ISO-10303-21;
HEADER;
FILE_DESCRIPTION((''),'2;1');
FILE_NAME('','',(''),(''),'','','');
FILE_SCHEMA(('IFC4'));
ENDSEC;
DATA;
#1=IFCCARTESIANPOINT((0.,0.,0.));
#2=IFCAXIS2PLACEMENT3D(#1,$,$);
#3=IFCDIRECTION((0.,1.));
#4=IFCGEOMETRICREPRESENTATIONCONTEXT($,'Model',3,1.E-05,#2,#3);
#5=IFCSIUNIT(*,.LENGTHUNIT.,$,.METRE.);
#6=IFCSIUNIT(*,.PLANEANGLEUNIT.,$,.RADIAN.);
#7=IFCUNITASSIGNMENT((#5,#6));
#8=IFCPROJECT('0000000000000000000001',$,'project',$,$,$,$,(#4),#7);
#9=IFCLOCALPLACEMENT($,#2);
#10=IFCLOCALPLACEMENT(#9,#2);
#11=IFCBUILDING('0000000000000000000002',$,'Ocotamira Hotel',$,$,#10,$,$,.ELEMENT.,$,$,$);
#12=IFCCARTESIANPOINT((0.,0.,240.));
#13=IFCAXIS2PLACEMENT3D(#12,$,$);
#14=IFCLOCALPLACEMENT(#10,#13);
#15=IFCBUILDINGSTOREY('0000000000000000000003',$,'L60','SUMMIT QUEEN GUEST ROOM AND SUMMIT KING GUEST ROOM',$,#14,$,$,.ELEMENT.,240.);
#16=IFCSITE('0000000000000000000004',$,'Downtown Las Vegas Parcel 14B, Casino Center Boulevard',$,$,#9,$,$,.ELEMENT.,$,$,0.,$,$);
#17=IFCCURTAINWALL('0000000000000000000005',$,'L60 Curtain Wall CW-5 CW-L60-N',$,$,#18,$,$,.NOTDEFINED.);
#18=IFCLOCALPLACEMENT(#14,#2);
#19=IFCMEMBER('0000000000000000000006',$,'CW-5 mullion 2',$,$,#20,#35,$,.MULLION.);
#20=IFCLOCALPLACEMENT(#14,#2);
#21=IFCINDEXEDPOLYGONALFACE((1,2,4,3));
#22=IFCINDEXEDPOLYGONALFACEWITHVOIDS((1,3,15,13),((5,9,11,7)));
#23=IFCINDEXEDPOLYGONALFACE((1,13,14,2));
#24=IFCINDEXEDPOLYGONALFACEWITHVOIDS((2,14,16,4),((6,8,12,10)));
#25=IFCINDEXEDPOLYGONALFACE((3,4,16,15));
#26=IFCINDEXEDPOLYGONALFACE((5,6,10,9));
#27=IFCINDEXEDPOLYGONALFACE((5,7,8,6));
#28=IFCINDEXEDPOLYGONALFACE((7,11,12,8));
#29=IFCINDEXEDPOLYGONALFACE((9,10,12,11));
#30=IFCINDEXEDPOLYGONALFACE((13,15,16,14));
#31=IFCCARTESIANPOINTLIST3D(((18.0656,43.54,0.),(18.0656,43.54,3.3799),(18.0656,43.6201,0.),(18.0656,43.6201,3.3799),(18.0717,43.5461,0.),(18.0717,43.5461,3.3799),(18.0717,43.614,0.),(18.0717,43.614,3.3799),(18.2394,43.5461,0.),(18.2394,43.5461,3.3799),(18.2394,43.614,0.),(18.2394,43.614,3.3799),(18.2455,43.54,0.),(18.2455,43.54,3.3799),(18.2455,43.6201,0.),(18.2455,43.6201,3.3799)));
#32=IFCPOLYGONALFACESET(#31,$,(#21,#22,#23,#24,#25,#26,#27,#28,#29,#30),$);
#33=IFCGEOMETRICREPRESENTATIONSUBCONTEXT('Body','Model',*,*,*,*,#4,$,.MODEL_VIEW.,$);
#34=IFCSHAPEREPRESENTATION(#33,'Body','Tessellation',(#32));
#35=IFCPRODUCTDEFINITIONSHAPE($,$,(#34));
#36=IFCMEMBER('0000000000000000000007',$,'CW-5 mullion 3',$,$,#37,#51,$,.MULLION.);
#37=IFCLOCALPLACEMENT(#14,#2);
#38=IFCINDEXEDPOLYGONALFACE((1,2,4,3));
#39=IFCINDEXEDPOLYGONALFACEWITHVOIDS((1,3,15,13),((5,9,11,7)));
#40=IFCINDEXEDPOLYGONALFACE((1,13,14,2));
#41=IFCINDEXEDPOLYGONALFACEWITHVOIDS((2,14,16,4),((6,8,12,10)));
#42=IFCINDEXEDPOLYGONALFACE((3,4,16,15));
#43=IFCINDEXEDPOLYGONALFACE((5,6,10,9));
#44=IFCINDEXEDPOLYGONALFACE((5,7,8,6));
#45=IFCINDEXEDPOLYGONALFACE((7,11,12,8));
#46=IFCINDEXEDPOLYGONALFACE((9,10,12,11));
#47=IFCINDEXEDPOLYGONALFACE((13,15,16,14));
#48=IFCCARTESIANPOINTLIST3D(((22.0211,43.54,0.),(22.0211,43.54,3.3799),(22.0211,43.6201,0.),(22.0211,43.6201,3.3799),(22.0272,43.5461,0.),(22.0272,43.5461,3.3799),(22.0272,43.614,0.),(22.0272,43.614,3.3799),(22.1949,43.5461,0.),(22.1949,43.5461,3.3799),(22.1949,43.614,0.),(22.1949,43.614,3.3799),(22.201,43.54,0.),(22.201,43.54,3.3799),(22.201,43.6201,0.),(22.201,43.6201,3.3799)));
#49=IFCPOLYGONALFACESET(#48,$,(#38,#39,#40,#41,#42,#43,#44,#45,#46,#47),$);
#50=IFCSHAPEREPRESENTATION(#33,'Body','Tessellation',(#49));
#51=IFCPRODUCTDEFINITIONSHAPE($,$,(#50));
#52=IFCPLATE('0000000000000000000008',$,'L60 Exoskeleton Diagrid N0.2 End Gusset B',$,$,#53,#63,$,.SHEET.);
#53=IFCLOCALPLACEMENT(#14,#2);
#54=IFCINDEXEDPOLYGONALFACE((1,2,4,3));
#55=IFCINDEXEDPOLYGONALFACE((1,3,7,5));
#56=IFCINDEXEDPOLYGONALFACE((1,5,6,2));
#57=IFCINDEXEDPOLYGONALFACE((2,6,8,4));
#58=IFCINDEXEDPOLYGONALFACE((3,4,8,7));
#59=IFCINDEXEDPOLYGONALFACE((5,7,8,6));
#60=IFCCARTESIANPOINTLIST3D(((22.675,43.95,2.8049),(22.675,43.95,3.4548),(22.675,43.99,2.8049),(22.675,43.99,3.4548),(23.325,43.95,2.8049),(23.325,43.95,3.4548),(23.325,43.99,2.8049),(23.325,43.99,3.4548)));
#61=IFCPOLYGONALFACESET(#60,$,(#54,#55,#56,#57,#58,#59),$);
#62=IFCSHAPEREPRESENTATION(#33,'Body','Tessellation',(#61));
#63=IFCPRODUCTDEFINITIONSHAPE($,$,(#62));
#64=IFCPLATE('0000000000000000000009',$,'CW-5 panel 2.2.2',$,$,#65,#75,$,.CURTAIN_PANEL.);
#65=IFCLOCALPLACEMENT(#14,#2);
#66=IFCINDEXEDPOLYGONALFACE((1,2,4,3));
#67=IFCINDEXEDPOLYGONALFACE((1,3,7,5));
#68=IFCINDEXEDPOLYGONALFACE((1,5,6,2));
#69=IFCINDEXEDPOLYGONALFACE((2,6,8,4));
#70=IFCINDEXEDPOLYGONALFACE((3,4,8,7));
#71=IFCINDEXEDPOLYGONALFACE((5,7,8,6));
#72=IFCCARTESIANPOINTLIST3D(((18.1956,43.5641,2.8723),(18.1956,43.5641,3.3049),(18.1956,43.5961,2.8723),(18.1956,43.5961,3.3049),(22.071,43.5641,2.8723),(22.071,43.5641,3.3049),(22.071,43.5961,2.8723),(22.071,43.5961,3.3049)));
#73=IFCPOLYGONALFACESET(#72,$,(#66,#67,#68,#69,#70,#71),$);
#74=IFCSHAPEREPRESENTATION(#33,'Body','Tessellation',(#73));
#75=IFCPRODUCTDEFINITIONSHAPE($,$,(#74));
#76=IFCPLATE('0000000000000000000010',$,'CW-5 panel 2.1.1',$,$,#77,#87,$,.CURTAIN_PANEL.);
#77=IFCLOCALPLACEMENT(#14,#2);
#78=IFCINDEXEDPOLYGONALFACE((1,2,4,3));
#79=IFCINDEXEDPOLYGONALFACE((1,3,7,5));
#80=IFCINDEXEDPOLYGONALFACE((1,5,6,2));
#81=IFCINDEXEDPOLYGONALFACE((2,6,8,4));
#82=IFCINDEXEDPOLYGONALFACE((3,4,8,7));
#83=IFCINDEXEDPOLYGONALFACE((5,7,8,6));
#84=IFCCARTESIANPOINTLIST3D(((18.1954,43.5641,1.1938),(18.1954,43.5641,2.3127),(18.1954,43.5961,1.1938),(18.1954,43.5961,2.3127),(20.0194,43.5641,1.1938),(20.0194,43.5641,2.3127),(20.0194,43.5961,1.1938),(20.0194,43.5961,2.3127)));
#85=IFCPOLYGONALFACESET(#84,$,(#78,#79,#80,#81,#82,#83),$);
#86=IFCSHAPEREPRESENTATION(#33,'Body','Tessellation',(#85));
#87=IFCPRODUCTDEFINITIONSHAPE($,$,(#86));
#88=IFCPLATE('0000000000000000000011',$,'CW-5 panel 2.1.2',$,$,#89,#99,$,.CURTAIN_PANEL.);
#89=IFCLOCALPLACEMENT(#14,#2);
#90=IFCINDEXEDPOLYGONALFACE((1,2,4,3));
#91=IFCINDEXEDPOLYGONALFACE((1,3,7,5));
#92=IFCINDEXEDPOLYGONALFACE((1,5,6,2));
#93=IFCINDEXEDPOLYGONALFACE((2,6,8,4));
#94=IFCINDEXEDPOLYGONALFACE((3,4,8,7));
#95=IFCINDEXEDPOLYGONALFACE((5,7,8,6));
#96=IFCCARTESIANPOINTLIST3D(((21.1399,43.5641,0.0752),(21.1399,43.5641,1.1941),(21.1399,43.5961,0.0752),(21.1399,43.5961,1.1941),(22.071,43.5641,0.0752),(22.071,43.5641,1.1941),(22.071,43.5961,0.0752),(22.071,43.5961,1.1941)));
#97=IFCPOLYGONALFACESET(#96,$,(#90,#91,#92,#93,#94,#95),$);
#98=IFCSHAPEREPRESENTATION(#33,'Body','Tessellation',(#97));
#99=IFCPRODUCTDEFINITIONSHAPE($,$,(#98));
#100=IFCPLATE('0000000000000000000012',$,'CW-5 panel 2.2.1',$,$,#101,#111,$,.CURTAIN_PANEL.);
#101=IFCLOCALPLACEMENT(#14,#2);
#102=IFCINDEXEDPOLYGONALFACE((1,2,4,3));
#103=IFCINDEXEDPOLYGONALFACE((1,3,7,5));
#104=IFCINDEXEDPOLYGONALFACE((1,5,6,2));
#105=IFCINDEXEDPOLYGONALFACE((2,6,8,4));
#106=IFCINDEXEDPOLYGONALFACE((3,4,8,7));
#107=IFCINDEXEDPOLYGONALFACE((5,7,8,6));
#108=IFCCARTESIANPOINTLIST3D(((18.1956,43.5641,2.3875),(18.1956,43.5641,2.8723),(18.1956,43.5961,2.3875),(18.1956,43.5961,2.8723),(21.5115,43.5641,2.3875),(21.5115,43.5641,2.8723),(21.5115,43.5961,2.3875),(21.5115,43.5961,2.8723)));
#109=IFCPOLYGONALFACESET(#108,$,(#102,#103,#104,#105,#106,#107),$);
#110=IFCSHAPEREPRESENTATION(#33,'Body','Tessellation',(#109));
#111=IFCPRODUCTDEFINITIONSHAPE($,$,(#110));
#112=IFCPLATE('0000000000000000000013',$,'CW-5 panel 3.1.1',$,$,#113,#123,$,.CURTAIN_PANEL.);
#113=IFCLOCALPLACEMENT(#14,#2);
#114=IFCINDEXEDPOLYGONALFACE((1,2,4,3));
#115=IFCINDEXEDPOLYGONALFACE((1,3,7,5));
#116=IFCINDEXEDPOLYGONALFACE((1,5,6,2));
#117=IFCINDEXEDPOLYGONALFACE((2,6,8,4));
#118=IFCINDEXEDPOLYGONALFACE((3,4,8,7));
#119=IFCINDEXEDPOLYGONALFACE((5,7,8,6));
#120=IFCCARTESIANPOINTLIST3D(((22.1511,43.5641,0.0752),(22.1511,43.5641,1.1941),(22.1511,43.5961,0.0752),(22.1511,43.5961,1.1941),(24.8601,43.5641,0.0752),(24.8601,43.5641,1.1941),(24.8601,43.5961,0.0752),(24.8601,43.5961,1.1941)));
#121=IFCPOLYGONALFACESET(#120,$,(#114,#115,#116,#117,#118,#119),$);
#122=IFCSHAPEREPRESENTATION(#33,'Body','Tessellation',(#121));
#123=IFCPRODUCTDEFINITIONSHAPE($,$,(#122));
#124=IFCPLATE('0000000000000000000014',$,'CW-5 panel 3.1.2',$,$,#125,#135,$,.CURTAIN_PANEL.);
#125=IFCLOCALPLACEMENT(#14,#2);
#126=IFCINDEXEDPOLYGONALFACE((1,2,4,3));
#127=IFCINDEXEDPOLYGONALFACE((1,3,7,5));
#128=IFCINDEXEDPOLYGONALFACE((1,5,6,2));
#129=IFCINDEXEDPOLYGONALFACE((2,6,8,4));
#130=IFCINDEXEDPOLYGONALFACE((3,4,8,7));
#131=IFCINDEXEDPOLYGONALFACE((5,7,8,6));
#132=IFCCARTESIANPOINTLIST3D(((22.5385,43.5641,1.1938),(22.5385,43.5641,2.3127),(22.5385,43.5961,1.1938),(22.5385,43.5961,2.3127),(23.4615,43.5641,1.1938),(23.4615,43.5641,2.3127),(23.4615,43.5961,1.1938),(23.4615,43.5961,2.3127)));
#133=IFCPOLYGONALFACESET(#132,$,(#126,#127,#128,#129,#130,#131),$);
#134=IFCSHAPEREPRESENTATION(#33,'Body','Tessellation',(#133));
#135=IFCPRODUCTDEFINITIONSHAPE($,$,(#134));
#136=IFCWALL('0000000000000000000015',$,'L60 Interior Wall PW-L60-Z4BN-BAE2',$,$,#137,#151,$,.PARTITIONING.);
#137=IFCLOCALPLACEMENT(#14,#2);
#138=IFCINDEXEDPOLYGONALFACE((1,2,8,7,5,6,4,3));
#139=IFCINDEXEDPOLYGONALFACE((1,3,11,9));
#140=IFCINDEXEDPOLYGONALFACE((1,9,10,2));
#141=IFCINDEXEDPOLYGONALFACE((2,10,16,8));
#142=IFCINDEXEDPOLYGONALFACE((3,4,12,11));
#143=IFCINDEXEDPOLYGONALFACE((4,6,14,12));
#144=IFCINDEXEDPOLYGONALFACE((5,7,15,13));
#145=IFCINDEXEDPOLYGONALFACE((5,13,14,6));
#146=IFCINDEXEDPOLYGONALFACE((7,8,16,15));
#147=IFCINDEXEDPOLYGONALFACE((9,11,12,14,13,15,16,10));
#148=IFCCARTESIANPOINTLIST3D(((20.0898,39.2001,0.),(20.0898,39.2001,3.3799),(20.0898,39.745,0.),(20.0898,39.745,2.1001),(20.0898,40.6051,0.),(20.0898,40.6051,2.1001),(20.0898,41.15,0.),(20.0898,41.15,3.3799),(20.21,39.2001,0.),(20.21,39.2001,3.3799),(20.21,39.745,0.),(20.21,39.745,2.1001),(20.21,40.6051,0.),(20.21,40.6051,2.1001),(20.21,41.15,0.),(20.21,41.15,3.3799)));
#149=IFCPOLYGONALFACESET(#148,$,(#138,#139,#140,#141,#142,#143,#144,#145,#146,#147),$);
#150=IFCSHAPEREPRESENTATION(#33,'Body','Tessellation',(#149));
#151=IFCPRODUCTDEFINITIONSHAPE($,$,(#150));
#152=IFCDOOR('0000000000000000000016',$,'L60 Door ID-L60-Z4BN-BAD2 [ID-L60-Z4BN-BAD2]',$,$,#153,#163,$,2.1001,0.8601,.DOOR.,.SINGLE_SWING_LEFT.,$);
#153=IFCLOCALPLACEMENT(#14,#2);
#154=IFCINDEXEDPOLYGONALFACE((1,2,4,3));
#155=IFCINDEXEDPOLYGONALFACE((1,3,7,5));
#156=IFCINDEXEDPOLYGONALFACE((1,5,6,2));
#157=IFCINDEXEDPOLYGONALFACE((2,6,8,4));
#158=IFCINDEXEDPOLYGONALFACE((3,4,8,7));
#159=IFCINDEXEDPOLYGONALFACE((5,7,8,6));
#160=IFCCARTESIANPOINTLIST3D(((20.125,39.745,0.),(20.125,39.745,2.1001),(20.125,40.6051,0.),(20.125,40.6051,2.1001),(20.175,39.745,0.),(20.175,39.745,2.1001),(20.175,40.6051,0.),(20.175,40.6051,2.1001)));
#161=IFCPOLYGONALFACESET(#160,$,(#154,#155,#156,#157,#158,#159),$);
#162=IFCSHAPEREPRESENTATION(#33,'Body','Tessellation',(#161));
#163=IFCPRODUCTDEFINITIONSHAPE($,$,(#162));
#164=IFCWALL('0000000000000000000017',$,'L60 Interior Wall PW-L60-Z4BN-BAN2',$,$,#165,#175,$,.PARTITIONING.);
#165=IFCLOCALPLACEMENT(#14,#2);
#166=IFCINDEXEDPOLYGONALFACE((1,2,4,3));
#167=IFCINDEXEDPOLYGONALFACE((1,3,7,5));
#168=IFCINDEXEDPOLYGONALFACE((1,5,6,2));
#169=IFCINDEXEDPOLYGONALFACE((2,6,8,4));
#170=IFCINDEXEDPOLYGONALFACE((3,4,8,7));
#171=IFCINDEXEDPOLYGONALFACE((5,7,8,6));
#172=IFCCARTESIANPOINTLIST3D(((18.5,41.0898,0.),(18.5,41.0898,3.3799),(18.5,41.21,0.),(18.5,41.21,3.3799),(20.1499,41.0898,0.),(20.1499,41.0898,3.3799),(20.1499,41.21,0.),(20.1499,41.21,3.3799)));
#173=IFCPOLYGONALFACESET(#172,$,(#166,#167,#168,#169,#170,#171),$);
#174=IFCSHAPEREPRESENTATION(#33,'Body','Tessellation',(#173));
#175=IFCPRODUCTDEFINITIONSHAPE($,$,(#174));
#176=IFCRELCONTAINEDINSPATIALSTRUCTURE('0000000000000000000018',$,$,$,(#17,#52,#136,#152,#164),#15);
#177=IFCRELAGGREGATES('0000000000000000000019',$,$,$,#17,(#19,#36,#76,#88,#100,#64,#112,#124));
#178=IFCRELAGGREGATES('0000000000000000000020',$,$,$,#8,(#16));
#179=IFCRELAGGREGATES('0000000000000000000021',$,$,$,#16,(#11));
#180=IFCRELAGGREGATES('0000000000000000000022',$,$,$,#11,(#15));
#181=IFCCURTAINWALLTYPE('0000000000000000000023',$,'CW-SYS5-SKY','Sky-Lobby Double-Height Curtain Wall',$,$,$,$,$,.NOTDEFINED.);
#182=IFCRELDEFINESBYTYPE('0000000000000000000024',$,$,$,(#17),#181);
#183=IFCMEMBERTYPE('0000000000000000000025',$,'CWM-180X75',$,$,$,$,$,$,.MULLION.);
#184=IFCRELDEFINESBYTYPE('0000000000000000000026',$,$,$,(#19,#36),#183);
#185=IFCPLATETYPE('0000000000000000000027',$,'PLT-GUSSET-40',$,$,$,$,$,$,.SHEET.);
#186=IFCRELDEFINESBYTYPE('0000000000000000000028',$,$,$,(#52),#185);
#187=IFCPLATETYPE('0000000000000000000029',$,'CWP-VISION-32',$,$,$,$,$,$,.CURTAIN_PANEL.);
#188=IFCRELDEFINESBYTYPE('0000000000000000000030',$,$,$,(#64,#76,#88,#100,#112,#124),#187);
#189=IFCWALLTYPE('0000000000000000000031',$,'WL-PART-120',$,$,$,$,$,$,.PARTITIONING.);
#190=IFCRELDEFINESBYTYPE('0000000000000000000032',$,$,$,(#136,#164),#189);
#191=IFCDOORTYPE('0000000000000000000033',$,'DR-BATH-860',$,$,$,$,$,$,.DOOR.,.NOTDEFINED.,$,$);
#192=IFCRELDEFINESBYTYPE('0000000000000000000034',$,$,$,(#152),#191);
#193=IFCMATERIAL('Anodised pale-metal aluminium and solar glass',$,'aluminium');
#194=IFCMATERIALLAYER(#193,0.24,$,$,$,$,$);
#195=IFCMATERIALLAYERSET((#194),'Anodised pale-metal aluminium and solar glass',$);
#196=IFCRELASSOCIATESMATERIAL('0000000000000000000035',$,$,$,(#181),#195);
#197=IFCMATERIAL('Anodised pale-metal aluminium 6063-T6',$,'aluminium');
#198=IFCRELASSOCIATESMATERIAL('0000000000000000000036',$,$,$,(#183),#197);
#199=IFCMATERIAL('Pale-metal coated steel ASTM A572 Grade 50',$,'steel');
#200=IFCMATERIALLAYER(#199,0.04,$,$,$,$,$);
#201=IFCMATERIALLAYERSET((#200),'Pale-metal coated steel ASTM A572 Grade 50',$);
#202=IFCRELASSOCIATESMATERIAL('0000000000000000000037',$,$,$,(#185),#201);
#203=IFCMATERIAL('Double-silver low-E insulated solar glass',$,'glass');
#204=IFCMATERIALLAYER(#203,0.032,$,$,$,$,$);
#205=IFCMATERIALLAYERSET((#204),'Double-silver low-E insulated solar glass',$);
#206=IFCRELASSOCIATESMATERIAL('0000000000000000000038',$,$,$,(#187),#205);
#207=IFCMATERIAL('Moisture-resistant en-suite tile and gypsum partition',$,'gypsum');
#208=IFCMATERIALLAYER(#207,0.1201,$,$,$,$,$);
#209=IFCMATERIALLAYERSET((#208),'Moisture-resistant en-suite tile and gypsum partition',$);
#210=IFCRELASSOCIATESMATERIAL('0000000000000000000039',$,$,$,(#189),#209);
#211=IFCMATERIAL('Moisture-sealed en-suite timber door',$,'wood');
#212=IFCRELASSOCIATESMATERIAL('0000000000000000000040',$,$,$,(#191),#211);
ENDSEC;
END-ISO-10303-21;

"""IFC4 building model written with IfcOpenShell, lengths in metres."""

from ifc_helpers import new_model, si_unit, direction, frame, frame_2d, origin, origin_2d, place, context, subcontext, project, spatial, rectangle, hollow_rectangle, extrude, source, transform, mapped, material, layer, layer_set, material_profile, profile_set, type_object, element, fill, aggregate, save


model = new_model("IFC4")

# Units and contexts
model_context = context("Model", 3, precision=1e-05, world=origin(), true_north=direction((0.0, 1.0)))
body_context = subcontext(model_context, "Body", "Model", "MODEL_VIEW")
ifc_project = project(units=[si_unit("LENGTHUNIT", "METRE"), si_unit("PLANEANGLEUNIT", "RADIAN")], contexts=[model_context])

# Site, building, storey
site_placement = place(None, origin())
site = spatial("IfcSite", under=ifc_project, at=site_placement, Name="Downtown Las Vegas Parcel 14B, Casino Center Boulevard", CompositionType="ELEMENT", RefElevation=0.0)
building_placement = place(site_placement, origin())
building = spatial("IfcBuilding", under=site, at=building_placement, Name="Ocotamira Hotel", CompositionType="ELEMENT")
storey_placement = place(building_placement, frame((0.0, 0.0, 240.0)))
storey = spatial("IfcBuildingStorey", under=building, at=storey_placement, Name="L60", Description="SUMMIT QUEEN GUEST ROOM AND SUMMIT KING GUEST ROOM", CompositionType="ELEMENT", Elevation=240.0)

# Curtain wall, members
ifc_material_1 = material(Name="Anodised pale-metal aluminium and solar glass", Category="aluminium")
ifc_layer_1 = layer(ifc_material_1, 0.24)
ifc_layer_set_1 = layer_set([ifc_layer_1], Name="Anodised pale-metal aluminium and solar glass")
curtain_wall_type = type_object("IfcCurtainWallType", Name="CW-SYS5-SKY", Description="Sky-Lobby Double-Height Curtain Wall", PredefinedType="NOTDEFINED", material=ifc_layer_set_1)
curtain_wall_placement = place(storey_placement, origin())
curtain_wall = element("IfcCurtainWall", 1, at=curtain_wall_placement, inside=storey, type_object=curtain_wall_type, Name="L60 Curtain Wall CW-5 CW-L60-N", PredefinedType="NOTDEFINED")
ifc_material_2 = material(Name="Anodised pale-metal aluminium 6063-T6", Category="aluminium")
ifc_material_profile_1 = material_profile(ifc_material_2, hollow_rectangle(XDim=0.0801, YDim=0.1799, WallThickness=0.0061, at=origin_2d()), Name="HSS180X80X6")
ifc_profile_set_1 = profile_set([ifc_material_profile_1], Name="Anodised pale-metal aluminium 6063-T6")
member_type_1 = type_object("IfcMemberType", Name="CWM-180X75", PredefinedType="MULLION", material=ifc_profile_set_1)
shared_shape_1 = source(origin(), body_context, "Body", "SweptSolid", [
    extrude(hollow_rectangle(XDim=0.0801, YDim=0.1799, WallThickness=0.0061, at=origin_2d()), origin(), (0.0, 0.0, 1.0), 3.3799),
])
member_1_placement = place(storey_placement, frame((18.1555, 43.5801, 0.0), z_axis=(0.0, 0.0, 1.0), x_axis=(0.0, 1.0, 0.0)))
member_1 = element("IfcMember", 2, at=member_1_placement, type_object=member_type_1, Name="CW-5 mullion 2", PredefinedType="MULLION", context=body_context, shape_type="MappedRepresentation", body=[
    mapped(shared_shape_1, transform((0.0, 0.0, 0.0), scale=1.0)),
])
member_2_placement = place(storey_placement, frame((22.1111, 43.5801, 0.0), z_axis=(0.0, 0.0, 1.0), x_axis=(0.0, 1.0, 0.0)))
member_2 = element("IfcMember", 3, at=member_2_placement, type_object=member_type_1, Name="CW-5 mullion 3", PredefinedType="MULLION", context=body_context, shape_type="MappedRepresentation", body=[
    mapped(shared_shape_1, transform((0.0, 0.0, 0.0), scale=1.0)),
])

# Plates
ifc_material_3 = material(Name="Pale-metal coated steel ASTM A572 Grade 50", Category="steel")
ifc_layer_2 = layer(ifc_material_3, 0.04)
ifc_layer_set_2 = layer_set([ifc_layer_2], Name="Pale-metal coated steel ASTM A572 Grade 50")
plate_type_1 = type_object("IfcPlateType", Name="PLT-GUSSET-40", PredefinedType="SHEET", material=ifc_layer_set_2)
shared_shape_2 = source(origin(), body_context, "Body", "SweptSolid", [
    extrude(rectangle(XDim=0.6499, YDim=0.04, at=origin_2d()), origin(), (0.0, 0.0, 1.0), 0.6499),
])
plate_1_placement = place(storey_placement, frame((23.0, 43.97, 2.8049), z_axis=(0.0, 0.0, 1.0), x_axis=(1.0, 0.0, 0.0)))
element("IfcPlate", 4, at=plate_1_placement, inside=storey, type_object=plate_type_1, Name="L60 Exoskeleton Diagrid N0.2 End Gusset B", PredefinedType="SHEET", context=body_context, shape_type="MappedRepresentation", body=[
    mapped(shared_shape_2, transform((0.0, 0.0, 0.0), scale=1.0)),
])
ifc_material_4 = material(Name="Double-silver low-E insulated solar glass", Category="glass")
ifc_layer_3 = layer(ifc_material_4, 0.032)
ifc_layer_set_3 = layer_set([ifc_layer_3], Name="Double-silver low-E insulated solar glass")
plate_type_2 = type_object("IfcPlateType", Name="CWP-VISION-32", PredefinedType="CURTAIN_PANEL", material=ifc_layer_set_3)
shared_shape_3 = source(origin(), body_context, "Body", "SweptSolid", [
    extrude(rectangle(XDim=3.8755, YDim=0.032, at=origin_2d()), origin(), (0.0, 0.0, 1.0), 0.4326),
])
plate_2_placement = place(storey_placement, frame((20.1333, 43.5801, 2.8723), z_axis=(0.0, 0.0, 1.0), x_axis=(1.0, 0.0, 0.0)))
plate_2 = element("IfcPlate", 5, at=plate_2_placement, type_object=plate_type_2, Name="CW-5 panel 2.2.2", PredefinedType="CURTAIN_PANEL", context=body_context, shape_type="MappedRepresentation", body=[
    mapped(shared_shape_3, transform((0.0, 0.0, 0.0), scale=1.0)),
])
shared_shape_4 = source(origin(), body_context, "Body", "SweptSolid", [
    extrude(rectangle(XDim=1.824, YDim=0.032, at=origin_2d()), origin(), (0.0, 0.0, 1.0), 1.1189),
])
plate_3_placement = place(storey_placement, frame((19.1074, 43.5801, 1.1938), z_axis=(0.0, 0.0, 1.0), x_axis=(1.0, 0.0, 0.0)))
plate_3 = element("IfcPlate", 6, at=plate_3_placement, type_object=plate_type_2, Name="CW-5 panel 2.1.1", PredefinedType="CURTAIN_PANEL", context=body_context, shape_type="MappedRepresentation", body=[
    mapped(shared_shape_4, transform((0.0, 0.0, 0.0), scale=1.0)),
])
shared_shape_5 = source(origin(), body_context, "Body", "SweptSolid", [
    extrude(rectangle(XDim=0.9312, YDim=0.032, at=origin_2d()), origin(), (0.0, 0.0, 1.0), 1.1189),
])
plate_4_placement = place(storey_placement, frame((21.6055, 43.5801, 0.0752), z_axis=(0.0, 0.0, 1.0), x_axis=(1.0, 0.0, 0.0)))
plate_4 = element("IfcPlate", 7, at=plate_4_placement, type_object=plate_type_2, Name="CW-5 panel 2.1.2", PredefinedType="CURTAIN_PANEL", context=body_context, shape_type="MappedRepresentation", body=[
    mapped(shared_shape_5, transform((0.0, 0.0, 0.0), scale=1.0)),
])
shared_shape_6 = source(origin(), body_context, "Body", "SweptSolid", [
    extrude(rectangle(XDim=3.3159, YDim=0.032, at=origin_2d()), origin(), (0.0, 0.0, 1.0), 0.4849),
])
plate_5_placement = place(storey_placement, frame((19.8535, 43.5801, 2.3875), z_axis=(0.0, 0.0, 1.0), x_axis=(1.0, 0.0, 0.0)))
plate_5 = element("IfcPlate", 8, at=plate_5_placement, type_object=plate_type_2, Name="CW-5 panel 2.2.1", PredefinedType="CURTAIN_PANEL", context=body_context, shape_type="MappedRepresentation", body=[
    mapped(shared_shape_6, transform((0.0, 0.0, 0.0), scale=1.0)),
])
shared_shape_7 = source(origin(), body_context, "Body", "SweptSolid", [
    extrude(rectangle(XDim=2.709, YDim=0.032, at=origin_2d()), origin(), (0.0, 0.0, 1.0), 1.1189),
])
plate_6_placement = place(storey_placement, frame((23.5056, 43.5801, 0.0752), z_axis=(0.0, 0.0, 1.0), x_axis=(1.0, 0.0, 0.0)))
plate_6 = element("IfcPlate", 9, at=plate_6_placement, type_object=plate_type_2, Name="CW-5 panel 3.1.1", PredefinedType="CURTAIN_PANEL", context=body_context, shape_type="MappedRepresentation", body=[
    mapped(shared_shape_7, transform((0.0, 0.0, 0.0), scale=1.0)),
])
shared_shape_8 = source(origin(), body_context, "Body", "SweptSolid", [
    extrude(rectangle(XDim=0.9231, YDim=0.032, at=origin_2d()), origin(), (0.0, 0.0, 1.0), 1.1189),
])
plate_7_placement = place(storey_placement, frame((23.0, 43.5801, 1.1938), z_axis=(0.0, 0.0, 1.0), x_axis=(1.0, 0.0, 0.0)))
plate_7 = element("IfcPlate", 10, at=plate_7_placement, type_object=plate_type_2, Name="CW-5 panel 3.1.2", PredefinedType="CURTAIN_PANEL", context=body_context, shape_type="MappedRepresentation", body=[
    mapped(shared_shape_8, transform((0.0, 0.0, 0.0), scale=1.0)),
])
aggregate(curtain_wall, [member_1, member_2, plate_3, plate_4, plate_5, plate_2, plate_6, plate_7])

# Wall, opening, door
ifc_material_5 = material(Name="Moisture-resistant en-suite tile and gypsum partition", Category="gypsum")
ifc_layer_4 = layer(ifc_material_5, 0.1201)
ifc_layer_set_4 = layer_set([ifc_layer_4], Name="Moisture-resistant en-suite tile and gypsum partition")
wall_type_1 = type_object("IfcWallType", Name="WL-PART-120", PredefinedType="PARTITIONING", material=ifc_layer_set_4)
wall_1_placement = place(storey_placement, frame((20.1499, 39.2, 0.0), z_axis=(0.0, 0.0, 1.0), x_axis=(0.0, 1.0, 0.0)))
wall_1 = element("IfcWall", 11, at=wall_1_placement, inside=storey, type_object=wall_type_1, Name="L60 Interior Wall PW-L60-Z4BN-BAE2", PredefinedType="PARTITIONING", context=body_context, shape_type="SweptSolid", body=[
    extrude(rectangle(XDim=1.95, YDim=0.1201, at=frame_2d((0.9751, 0.0))), origin(), (0.0, 0.0, 1.0), 3.3799),
])
opening_placement = place(wall_1_placement, frame((0.5449, 0.0, 0.0)))
opening = element("IfcOpeningElement", 12, at=opening_placement, cuts=wall_1, PredefinedType="OPENING", context=body_context, shape_type="SweptSolid", body=[
    extrude(rectangle(XDim=0.8601, YDim=2.1001, at=frame_2d((0.4302, 1.05))), frame((0.0, 0.0701, 0.0), z_axis=(0.0, -1.0, 0.0), x_axis=(1.0, 0.0, 0.0)), (0.0, 0.0, 1.0), 0.1401),
])
ifc_material_6 = material(Name="Moisture-sealed en-suite timber door", Category="wood")
door_type = type_object("IfcDoorType", Name="DR-BATH-860", OperationType="NOTDEFINED", PredefinedType="DOOR", material=ifc_material_6)
shared_shape_9 = source(origin(), body_context, "Body", "SweptSolid", [
    extrude(rectangle(XDim=0.8601, YDim=2.1001, at=frame_2d((0.4302, 1.05))), frame((0.0, 0.0249, 0.0), z_axis=(0.0, -1.0, 0.0), x_axis=(1.0, 0.0, 0.0)), (0.0, 0.0, 1.0), 0.05),
])
door_placement = place(opening_placement, origin())
door = element("IfcDoor", 13, at=door_placement, inside=storey, type_object=door_type, Name="L60 Door ID-L60-Z4BN-BAD2 [ID-L60-Z4BN-BAD2]", OperationType="SINGLE_SWING_LEFT", OverallHeight=2.1001, OverallWidth=0.8601, PredefinedType="DOOR", context=body_context, shape_type="MappedRepresentation", body=[
    mapped(shared_shape_9, transform((0.0, 0.0, 0.0), scale=1.0)),
])
fill(opening, door)

# Wall
wall_2_placement = place(storey_placement, frame((18.5, 41.1499, 0.0), z_axis=(0.0, 0.0, 1.0), x_axis=(1.0, 0.0, 0.0)))
element("IfcWall", 14, at=wall_2_placement, inside=storey, type_object=wall_type_1, Name="L60 Interior Wall PW-L60-Z4BN-BAN2", PredefinedType="PARTITIONING", context=body_context, shape_type="SweptSolid", body=[
    extrude(rectangle(XDim=1.6499, YDim=0.1201, at=frame_2d((0.825, 0.0))), origin(), (0.0, 0.0, 1.0), 3.3799),
])

save(model, "model.ifc")
